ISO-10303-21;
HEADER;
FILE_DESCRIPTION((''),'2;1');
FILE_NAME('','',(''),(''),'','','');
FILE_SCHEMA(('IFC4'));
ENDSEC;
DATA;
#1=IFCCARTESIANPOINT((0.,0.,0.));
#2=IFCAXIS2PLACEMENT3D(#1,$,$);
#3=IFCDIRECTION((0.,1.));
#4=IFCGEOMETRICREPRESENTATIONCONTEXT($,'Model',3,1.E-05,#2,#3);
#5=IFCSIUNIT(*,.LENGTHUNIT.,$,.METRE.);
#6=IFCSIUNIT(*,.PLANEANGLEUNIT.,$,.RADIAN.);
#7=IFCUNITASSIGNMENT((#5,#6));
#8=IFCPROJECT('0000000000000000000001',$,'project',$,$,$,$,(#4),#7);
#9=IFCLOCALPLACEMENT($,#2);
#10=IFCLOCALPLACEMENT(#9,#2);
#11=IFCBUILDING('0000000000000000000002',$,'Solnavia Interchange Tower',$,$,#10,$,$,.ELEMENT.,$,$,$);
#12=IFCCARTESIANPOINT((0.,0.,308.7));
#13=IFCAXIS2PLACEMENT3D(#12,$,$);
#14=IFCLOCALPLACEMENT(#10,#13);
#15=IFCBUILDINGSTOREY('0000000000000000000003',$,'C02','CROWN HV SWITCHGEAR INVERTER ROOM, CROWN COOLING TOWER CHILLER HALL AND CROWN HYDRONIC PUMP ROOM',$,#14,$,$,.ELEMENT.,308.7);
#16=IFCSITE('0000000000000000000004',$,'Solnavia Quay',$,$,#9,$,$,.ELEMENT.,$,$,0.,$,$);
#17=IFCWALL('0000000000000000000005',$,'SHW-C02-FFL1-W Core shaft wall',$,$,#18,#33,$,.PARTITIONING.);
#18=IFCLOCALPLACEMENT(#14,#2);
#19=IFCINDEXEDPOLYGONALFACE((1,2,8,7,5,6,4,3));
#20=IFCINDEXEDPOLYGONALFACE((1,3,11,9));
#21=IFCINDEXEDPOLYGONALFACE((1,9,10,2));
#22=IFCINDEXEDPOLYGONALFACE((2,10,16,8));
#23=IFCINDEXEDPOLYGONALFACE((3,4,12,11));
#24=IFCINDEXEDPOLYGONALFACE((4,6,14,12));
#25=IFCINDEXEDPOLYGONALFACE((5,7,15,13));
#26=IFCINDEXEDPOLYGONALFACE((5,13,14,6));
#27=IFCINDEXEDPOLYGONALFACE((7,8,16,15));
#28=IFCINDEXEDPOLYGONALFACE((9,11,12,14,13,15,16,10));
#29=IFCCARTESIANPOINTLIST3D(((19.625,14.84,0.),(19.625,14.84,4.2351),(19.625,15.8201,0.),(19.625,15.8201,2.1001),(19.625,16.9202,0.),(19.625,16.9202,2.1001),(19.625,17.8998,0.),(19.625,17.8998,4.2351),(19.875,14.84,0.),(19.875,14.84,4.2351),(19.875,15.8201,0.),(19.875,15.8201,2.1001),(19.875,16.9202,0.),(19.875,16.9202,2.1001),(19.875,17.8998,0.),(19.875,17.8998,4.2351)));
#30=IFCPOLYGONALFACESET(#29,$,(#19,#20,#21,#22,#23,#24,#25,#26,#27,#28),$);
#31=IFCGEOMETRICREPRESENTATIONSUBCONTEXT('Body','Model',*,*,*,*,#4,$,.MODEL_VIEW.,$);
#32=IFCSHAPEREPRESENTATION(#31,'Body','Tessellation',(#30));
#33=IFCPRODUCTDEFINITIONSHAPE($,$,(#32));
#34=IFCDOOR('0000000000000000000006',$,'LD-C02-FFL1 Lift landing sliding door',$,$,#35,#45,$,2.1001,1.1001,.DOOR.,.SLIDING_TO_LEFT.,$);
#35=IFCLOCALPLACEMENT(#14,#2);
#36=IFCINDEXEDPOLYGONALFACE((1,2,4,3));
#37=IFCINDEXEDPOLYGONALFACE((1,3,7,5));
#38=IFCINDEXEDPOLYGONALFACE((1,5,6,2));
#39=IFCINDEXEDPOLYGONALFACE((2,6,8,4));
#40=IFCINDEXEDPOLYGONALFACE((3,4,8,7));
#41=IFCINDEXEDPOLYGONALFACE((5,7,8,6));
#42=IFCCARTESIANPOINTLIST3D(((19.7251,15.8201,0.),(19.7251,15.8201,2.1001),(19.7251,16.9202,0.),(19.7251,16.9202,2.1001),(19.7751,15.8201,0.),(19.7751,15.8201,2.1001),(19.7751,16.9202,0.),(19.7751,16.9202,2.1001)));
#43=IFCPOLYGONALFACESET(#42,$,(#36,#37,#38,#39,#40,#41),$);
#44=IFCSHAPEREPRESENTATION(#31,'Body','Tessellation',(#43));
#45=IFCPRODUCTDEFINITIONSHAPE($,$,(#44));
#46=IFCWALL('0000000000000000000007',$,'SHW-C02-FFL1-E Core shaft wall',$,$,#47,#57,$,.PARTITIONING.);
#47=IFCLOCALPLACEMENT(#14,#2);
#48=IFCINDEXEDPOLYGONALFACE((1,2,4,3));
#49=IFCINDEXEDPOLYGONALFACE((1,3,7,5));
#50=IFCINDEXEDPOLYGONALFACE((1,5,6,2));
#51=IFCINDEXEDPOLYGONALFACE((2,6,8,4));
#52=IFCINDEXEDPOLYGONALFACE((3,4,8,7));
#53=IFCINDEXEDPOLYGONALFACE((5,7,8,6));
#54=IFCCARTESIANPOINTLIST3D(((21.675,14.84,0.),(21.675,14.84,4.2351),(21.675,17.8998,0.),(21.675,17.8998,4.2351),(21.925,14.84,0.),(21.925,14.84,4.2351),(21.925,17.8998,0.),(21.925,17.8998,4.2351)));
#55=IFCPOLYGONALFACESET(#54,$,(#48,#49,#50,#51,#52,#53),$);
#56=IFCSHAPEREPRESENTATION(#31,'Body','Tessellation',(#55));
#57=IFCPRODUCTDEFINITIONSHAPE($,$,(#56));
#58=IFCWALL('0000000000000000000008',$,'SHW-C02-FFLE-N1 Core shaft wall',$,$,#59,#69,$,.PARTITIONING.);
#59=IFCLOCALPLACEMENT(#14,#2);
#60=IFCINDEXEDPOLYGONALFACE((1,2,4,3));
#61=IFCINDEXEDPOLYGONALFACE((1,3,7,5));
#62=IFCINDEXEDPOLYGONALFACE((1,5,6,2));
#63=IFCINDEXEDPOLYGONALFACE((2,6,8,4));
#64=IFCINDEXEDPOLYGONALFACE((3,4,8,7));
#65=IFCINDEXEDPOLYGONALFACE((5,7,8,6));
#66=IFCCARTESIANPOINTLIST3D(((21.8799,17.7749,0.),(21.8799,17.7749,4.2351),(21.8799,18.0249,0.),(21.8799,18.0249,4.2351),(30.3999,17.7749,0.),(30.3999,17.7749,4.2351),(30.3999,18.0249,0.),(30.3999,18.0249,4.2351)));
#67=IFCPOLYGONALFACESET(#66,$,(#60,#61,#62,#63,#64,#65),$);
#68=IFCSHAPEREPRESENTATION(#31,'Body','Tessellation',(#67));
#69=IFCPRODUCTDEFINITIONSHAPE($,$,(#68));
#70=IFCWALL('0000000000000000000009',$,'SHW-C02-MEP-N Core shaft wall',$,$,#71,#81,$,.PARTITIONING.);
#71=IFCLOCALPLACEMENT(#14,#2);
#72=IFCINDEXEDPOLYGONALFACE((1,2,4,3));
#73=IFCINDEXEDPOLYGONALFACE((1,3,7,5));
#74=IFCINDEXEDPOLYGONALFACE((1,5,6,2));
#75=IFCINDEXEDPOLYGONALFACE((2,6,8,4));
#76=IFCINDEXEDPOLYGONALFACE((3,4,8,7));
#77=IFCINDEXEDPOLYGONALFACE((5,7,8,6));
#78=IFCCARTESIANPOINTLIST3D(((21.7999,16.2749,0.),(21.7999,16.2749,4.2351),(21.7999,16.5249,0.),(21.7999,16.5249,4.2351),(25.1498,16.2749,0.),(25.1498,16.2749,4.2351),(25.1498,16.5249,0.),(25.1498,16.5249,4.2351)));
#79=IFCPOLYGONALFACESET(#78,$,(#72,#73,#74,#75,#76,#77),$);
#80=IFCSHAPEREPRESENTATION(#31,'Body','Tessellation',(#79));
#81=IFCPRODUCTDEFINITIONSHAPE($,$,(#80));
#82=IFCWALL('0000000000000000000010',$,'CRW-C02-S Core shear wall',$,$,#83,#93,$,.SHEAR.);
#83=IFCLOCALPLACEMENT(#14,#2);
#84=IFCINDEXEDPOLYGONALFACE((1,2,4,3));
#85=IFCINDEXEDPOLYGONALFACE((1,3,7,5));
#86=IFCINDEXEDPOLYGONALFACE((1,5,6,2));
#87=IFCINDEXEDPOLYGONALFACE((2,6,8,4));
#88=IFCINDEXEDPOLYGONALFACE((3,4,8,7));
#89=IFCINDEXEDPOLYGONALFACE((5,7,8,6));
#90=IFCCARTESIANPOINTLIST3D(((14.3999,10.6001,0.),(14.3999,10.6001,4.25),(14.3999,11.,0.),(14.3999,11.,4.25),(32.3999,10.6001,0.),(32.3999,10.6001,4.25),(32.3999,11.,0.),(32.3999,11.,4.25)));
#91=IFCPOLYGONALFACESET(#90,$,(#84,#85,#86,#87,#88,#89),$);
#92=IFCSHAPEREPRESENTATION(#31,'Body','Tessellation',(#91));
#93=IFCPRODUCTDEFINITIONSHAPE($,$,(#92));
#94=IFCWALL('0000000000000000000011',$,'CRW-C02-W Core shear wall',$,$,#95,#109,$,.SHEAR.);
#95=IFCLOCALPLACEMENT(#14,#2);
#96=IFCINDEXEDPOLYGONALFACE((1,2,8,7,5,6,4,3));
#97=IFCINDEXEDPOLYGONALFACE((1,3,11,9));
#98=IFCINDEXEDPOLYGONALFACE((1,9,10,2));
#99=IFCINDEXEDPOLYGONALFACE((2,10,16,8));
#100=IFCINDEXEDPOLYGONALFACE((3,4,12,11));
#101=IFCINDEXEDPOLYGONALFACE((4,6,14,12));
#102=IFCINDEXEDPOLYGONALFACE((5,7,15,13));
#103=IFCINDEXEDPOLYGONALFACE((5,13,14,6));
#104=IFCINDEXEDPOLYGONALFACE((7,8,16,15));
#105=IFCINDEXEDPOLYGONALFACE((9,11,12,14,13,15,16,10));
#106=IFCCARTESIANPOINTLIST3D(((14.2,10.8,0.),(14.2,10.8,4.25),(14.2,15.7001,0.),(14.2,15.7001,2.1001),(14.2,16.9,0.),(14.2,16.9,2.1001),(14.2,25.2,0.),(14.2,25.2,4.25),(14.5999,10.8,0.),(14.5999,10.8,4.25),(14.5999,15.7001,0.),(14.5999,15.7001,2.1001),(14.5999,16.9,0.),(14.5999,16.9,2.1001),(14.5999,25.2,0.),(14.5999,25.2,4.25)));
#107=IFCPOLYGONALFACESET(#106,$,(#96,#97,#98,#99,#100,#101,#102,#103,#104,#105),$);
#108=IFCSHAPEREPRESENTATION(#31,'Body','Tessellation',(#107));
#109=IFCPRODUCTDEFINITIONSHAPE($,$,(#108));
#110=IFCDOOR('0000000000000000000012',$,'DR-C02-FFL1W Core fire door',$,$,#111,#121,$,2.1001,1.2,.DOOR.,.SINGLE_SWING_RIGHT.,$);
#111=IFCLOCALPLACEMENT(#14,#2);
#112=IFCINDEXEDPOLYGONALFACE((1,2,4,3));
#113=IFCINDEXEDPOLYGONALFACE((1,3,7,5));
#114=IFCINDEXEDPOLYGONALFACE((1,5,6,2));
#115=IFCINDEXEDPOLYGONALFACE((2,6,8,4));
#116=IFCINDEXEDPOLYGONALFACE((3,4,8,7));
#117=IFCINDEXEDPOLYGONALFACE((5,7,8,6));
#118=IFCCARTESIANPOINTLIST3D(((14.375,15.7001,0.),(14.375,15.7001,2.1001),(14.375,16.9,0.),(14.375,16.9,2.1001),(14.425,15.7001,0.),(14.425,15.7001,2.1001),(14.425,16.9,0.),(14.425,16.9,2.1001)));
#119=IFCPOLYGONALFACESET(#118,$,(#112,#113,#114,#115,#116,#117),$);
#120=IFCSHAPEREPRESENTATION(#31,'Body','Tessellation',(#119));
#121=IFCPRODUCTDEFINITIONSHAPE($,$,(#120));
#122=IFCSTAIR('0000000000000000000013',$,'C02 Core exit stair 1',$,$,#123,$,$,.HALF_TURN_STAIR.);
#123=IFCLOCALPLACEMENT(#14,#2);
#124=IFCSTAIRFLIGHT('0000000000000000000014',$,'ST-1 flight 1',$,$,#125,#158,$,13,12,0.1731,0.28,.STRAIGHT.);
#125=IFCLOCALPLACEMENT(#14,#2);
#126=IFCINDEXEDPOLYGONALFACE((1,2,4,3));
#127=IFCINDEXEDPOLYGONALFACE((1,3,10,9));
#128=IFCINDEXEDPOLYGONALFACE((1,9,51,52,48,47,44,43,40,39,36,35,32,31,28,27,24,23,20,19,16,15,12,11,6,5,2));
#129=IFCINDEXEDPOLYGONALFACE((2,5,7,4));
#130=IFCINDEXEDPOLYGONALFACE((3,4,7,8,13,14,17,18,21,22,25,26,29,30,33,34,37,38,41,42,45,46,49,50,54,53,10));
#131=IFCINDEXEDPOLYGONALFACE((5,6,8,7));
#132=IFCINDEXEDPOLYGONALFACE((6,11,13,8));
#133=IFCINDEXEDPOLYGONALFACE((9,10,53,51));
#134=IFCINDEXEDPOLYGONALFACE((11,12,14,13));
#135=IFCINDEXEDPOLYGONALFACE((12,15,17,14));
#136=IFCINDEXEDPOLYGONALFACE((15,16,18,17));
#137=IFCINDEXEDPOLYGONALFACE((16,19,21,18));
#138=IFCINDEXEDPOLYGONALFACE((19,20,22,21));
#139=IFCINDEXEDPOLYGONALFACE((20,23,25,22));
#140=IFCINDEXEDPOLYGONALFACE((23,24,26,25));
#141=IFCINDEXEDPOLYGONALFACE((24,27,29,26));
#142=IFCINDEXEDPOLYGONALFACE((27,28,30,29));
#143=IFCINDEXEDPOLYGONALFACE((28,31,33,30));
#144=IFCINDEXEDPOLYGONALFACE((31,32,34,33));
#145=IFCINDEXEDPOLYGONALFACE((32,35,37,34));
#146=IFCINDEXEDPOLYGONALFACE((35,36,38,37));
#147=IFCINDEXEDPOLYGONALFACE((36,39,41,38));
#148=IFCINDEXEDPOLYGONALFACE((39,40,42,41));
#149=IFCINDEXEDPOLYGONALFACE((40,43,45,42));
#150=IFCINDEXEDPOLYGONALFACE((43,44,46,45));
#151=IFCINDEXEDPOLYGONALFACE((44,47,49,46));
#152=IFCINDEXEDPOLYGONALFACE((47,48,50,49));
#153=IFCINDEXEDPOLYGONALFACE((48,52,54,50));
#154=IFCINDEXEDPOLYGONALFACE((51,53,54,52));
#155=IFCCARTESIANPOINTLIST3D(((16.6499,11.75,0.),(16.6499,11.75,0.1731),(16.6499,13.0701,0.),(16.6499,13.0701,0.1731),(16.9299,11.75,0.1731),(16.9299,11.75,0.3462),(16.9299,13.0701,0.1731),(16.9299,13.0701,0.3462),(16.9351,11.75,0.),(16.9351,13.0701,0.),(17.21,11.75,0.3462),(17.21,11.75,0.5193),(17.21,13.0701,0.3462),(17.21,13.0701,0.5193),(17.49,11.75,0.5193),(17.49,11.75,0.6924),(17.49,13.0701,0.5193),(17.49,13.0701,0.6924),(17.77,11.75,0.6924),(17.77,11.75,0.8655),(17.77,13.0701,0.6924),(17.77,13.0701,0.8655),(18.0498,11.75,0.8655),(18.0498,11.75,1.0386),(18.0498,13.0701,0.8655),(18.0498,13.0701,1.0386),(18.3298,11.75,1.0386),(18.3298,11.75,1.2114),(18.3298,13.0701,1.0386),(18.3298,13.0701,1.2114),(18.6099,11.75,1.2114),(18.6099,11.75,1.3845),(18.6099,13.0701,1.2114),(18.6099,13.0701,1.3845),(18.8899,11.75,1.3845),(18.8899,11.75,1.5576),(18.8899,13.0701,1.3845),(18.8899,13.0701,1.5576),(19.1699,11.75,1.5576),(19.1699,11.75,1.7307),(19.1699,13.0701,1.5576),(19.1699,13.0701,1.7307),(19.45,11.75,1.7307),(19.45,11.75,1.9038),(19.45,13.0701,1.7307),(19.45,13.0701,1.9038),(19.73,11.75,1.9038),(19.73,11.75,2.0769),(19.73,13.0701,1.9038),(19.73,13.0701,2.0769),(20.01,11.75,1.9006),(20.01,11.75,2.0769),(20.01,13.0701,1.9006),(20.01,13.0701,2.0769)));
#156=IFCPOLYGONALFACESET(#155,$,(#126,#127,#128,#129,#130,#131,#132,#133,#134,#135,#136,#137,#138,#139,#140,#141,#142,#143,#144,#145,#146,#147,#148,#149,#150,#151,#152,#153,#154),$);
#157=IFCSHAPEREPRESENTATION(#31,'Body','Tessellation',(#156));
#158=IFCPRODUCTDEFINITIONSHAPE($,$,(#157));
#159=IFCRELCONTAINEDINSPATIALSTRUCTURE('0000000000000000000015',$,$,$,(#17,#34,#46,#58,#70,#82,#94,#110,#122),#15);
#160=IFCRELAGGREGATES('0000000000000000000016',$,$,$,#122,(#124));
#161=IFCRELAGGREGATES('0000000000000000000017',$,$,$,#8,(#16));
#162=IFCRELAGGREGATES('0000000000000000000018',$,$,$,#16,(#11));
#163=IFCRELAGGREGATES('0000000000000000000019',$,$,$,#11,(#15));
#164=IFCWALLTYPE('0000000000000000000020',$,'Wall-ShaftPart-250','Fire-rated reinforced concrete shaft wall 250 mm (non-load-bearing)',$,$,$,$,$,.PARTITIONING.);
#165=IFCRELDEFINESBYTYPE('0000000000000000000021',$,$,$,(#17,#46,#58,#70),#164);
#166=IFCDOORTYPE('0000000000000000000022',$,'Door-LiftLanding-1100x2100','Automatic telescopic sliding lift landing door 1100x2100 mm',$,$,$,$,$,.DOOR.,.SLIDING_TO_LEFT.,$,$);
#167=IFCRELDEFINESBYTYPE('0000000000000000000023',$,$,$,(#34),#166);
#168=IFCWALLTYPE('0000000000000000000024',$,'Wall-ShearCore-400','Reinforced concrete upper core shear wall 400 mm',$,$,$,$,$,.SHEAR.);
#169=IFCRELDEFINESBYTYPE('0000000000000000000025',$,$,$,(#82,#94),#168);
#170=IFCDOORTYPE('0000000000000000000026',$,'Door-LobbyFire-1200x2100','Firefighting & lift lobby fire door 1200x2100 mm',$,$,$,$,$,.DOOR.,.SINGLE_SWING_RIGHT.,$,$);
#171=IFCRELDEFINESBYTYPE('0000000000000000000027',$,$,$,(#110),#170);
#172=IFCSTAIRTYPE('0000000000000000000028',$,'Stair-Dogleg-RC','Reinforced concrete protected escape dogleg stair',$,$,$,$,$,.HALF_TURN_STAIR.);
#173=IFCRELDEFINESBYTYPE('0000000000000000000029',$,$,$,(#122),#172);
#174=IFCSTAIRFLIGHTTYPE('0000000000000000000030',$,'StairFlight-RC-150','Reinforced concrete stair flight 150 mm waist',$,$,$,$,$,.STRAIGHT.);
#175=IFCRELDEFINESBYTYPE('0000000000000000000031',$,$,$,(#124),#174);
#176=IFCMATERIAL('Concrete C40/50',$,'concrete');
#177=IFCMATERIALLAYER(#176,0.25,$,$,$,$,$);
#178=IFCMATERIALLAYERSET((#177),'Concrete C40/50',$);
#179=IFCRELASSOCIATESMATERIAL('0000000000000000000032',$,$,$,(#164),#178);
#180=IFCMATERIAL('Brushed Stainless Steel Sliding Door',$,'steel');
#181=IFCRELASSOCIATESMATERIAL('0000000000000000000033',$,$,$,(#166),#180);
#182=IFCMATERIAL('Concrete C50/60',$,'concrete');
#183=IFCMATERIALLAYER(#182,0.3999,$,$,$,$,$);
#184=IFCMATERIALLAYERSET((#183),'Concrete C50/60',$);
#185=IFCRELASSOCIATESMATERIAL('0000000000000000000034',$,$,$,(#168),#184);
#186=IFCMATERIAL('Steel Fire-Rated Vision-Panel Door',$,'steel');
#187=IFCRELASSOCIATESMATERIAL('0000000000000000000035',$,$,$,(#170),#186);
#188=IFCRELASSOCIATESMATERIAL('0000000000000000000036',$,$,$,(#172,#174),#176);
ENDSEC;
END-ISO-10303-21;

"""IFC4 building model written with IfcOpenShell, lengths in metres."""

from ifc_helpers import new_model, si_unit, direction, frame, frame_2d, origin, place, context, subcontext, project, spatial, polyline, rectangle, outline, extrude, material, layer, layer_set, type_object, element, fill, aggregate, save


model = new_model("IFC4")

# Units and contexts
model_context = context("Model", 3, precision=1e-05, world=origin(), true_north=direction((0.0, 1.0)))
body_context = subcontext(model_context, "Body", "Model", "MODEL_VIEW")
ifc_project = project(units=[si_unit("LENGTHUNIT", "METRE"), si_unit("PLANEANGLEUNIT", "RADIAN")], contexts=[model_context])

# Site, building, storey
site_placement = place(None, origin())
site = spatial("IfcSite", under=ifc_project, at=site_placement, Name="Solnavia Quay", CompositionType="ELEMENT", RefElevation=0.0)
building_placement = place(site_placement, origin())
building = spatial("IfcBuilding", under=site, at=building_placement, Name="Solnavia Interchange Tower", CompositionType="ELEMENT")
storey_placement = place(building_placement, frame((0.0, 0.0, 308.7)))
storey = spatial("IfcBuildingStorey", under=building, at=storey_placement, Name="C02", Description="CROWN HV SWITCHGEAR INVERTER ROOM, CROWN COOLING TOWER CHILLER HALL AND CROWN HYDRONIC PUMP ROOM", CompositionType="ELEMENT", Elevation=308.7)

# Shared definitions
ifc_material_1 = material(Name="Concrete C40/50", Category="concrete")

# Shared definitions
ifc_layer_1 = layer(ifc_material_1, 0.25)
ifc_layer_set_1 = layer_set([ifc_layer_1], Name="Concrete C40/50")
wall_type_1 = type_object("IfcWallType", Name="Wall-ShaftPart-250", Description="Fire-rated reinforced concrete shaft wall 250 mm (non-load-bearing)", PredefinedType="PARTITIONING", material=ifc_layer_set_1)

# Wall, opening, door
wall_1_placement = place(storey_placement, frame((19.75, 14.8401, 0.0), z_axis=(0.0, 0.0, 1.0), x_axis=(0.0, 1.0, 0.0)))
wall_1 = element("IfcWall", 1, at=wall_1_placement, inside=storey, type_object=wall_type_1, Name="SHW-C02-FFL1-W Core shaft wall", PredefinedType="PARTITIONING", context=body_context, shape_type="SweptSolid", body=[
    extrude(rectangle(XDim=3.0598, YDim=0.25, at=frame_2d((1.5298, 0.0))), origin(), (0.0, 0.0, 1.0), 4.2351),
])
opening_1_placement = place(wall_1_placement, frame((0.98, 0.0, 0.0)))
opening_1 = element("IfcOpeningElement", 2, at=opening_1_placement, cuts=wall_1, PredefinedType="OPENING", context=body_context, shape_type="SweptSolid", body=[
    extrude(rectangle(XDim=1.1001, YDim=2.1001, at=frame_2d((0.55, 1.05))), frame((0.0, 0.135, 0.0), z_axis=(0.0, -1.0, 0.0), x_axis=(1.0, 0.0, 0.0)), (0.0, 0.0, 1.0), 0.27),
])
ifc_material_2 = material(Name="Brushed Stainless Steel Sliding Door", Category="steel")
door_type_1 = type_object("IfcDoorType", Name="Door-LiftLanding-1100x2100", Description="Automatic telescopic sliding lift landing door 1100x2100 mm", OperationType="SLIDING_TO_LEFT", PredefinedType="DOOR", material=ifc_material_2)
door_1_placement = place(opening_1_placement, origin())
door_1 = element("IfcDoor", 3, at=door_1_placement, inside=storey, type_object=door_type_1, Name="LD-C02-FFL1 Lift landing sliding door", OperationType="SLIDING_TO_LEFT", OverallHeight=2.1001, OverallWidth=1.1001, PredefinedType="DOOR", context=body_context, shape_type="SweptSolid", body=[
    extrude(rectangle(XDim=1.1001, YDim=2.1001, at=frame_2d((0.55, 1.05))), frame((0.0, 0.0249, 0.0), z_axis=(0.0, -1.0, 0.0), x_axis=(1.0, 0.0, 0.0)), (0.0, 0.0, 1.0), 0.05),
])
fill(opening_1, door_1)

# Walls
wall_2_placement = place(storey_placement, frame((21.8, 14.8401, 0.0), z_axis=(0.0, 0.0, 1.0), x_axis=(0.0, 1.0, 0.0)))
element("IfcWall", 4, at=wall_2_placement, inside=storey, type_object=wall_type_1, Name="SHW-C02-FFL1-E Core shaft wall", PredefinedType="PARTITIONING", context=body_context, shape_type="SweptSolid", body=[
    extrude(rectangle(XDim=3.0598, YDim=0.25, at=frame_2d((1.5298, 0.0))), origin(), (0.0, 0.0, 1.0), 4.2351),
])
wall_3_placement = place(storey_placement, frame((21.8799, 17.8999, 0.0), z_axis=(0.0, 0.0, 1.0), x_axis=(1.0, 0.0, 0.0)))
element("IfcWall", 5, at=wall_3_placement, inside=storey, type_object=wall_type_1, Name="SHW-C02-FFLE-N1 Core shaft wall", PredefinedType="PARTITIONING", context=body_context, shape_type="SweptSolid", body=[
    extrude(rectangle(XDim=8.52, YDim=0.25, at=frame_2d((4.26, 0.0))), origin(), (0.0, 0.0, 1.0), 4.2351),
])
wall_4_placement = place(storey_placement, frame((21.8, 16.3999, 0.0), z_axis=(0.0, 0.0, 1.0), x_axis=(1.0, 0.0, 0.0)))
element("IfcWall", 6, at=wall_4_placement, inside=storey, type_object=wall_type_1, Name="SHW-C02-MEP-N Core shaft wall", PredefinedType="PARTITIONING", context=body_context, shape_type="SweptSolid", body=[
    extrude(rectangle(XDim=3.3499, YDim=0.25, at=frame_2d((1.6748, 0.0))), origin(), (0.0, 0.0, 1.0), 4.2351),
])
ifc_material_3 = material(Name="Concrete C50/60", Category="concrete")
ifc_layer_2 = layer(ifc_material_3, 0.3999)
ifc_layer_set_2 = layer_set([ifc_layer_2], Name="Concrete C50/60")
wall_type_2 = type_object("IfcWallType", Name="Wall-ShearCore-400", Description="Reinforced concrete upper core shear wall 400 mm", PredefinedType="SHEAR", material=ifc_layer_set_2)
wall_5_placement = place(storey_placement, frame((14.3999, 10.8, 0.0), z_axis=(0.0, 0.0, 1.0), x_axis=(1.0, 0.0, 0.0)))
element("IfcWall", 7, at=wall_5_placement, inside=storey, type_object=wall_type_2, Name="CRW-C02-S Core shear wall", PredefinedType="SHEAR", context=body_context, shape_type="SweptSolid", body=[
    extrude(rectangle(XDim=18.0, YDim=0.3999, at=frame_2d((9.0, 0.0))), origin(), (0.0, 0.0, 1.0), 4.25),
])

# Wall, opening, door
wall_6_placement = place(storey_placement, frame((14.3999, 10.8, 0.0), z_axis=(0.0, 0.0, 1.0), x_axis=(0.0, 1.0, 0.0)))
wall_6 = element("IfcWall", 8, at=wall_6_placement, inside=storey, type_object=wall_type_2, Name="CRW-C02-W Core shear wall", PredefinedType="SHEAR", context=body_context, shape_type="SweptSolid", body=[
    extrude(rectangle(XDim=14.3999, YDim=0.3999, at=frame_2d((7.2, 0.0))), origin(), (0.0, 0.0, 1.0), 4.25),
])
opening_2_placement = place(wall_6_placement, frame((4.8999, 0.0, 0.0)))
opening_2 = element("IfcOpeningElement", 9, at=opening_2_placement, cuts=wall_6, PredefinedType="OPENING", context=body_context, shape_type="SweptSolid", body=[
    extrude(rectangle(XDim=1.2, YDim=2.1001, at=frame_2d((0.6001, 1.05))), frame((0.0, 0.21, 0.0), z_axis=(0.0, -1.0, 0.0), x_axis=(1.0, 0.0, 0.0)), (0.0, 0.0, 1.0), 0.4199),
])
ifc_material_4 = material(Name="Steel Fire-Rated Vision-Panel Door", Category="steel")
door_type_2 = type_object("IfcDoorType", Name="Door-LobbyFire-1200x2100", Description="Firefighting & lift lobby fire door 1200x2100 mm", OperationType="SINGLE_SWING_RIGHT", PredefinedType="DOOR", material=ifc_material_4)
door_2_placement = place(opening_2_placement, origin())
door_2 = element("IfcDoor", 10, at=door_2_placement, inside=storey, type_object=door_type_2, Name="DR-C02-FFL1W Core fire door", OperationType="SINGLE_SWING_RIGHT", OverallHeight=2.1001, OverallWidth=1.2, PredefinedType="DOOR", context=body_context, shape_type="SweptSolid", body=[
    extrude(rectangle(XDim=1.2, YDim=2.1001, at=frame_2d((0.6001, 1.05))), frame((0.0, 0.0249, 0.0), z_axis=(0.0, -1.0, 0.0), x_axis=(1.0, 0.0, 0.0)), (0.0, 0.0, 1.0), 0.05),
])
fill(opening_2, door_2)

# Stair, stair flight
stair_type = type_object("IfcStairType", Name="Stair-Dogleg-RC", Description="Reinforced concrete protected escape dogleg stair", PredefinedType="HALF_TURN_STAIR", material=ifc_material_1)
stair_placement = place(storey_placement, origin())
stair = element("IfcStair", 11, at=stair_placement, inside=storey, type_object=stair_type, Name="C02 Core exit stair 1", PredefinedType="HALF_TURN_STAIR")
stair_flight_type = type_object("IfcStairFlightType", Name="StairFlight-RC-150", Description="Reinforced concrete stair flight 150 mm waist", PredefinedType="STRAIGHT", material=ifc_material_1)
stair_flight_1_placement = place(storey_placement, frame((16.6499, 12.4099, 0.0), z_axis=(0.0, 0.0, 1.0), x_axis=(1.0, 0.0, 0.0)))
stair_flight_1 = element("IfcStairFlight", 12, at=stair_flight_1_placement, type_object=stair_flight_type, Name="ST-1 flight 1", NumberOfRisers=13, NumberOfTreads=12, PredefinedType="STRAIGHT", RiserHeight=0.1731, TreadLength=0.28, context=body_context, shape_type="SweptSolid", body=[
    extrude(outline(polyline([(0.0, 0.0), (0.0, 0.1731), (0.28, 0.1731), (0.28, 0.3462), (0.5601, 0.3462), (0.5601, 0.5193), (0.8401, 0.5193), (0.8401, 0.6924), (1.1201, 0.6924), (1.1201, 0.8655), (1.3999, 0.8655), (1.3999, 1.0386), (1.6799, 1.0386), (1.6799, 1.2114), (1.96, 1.2114), (1.96, 1.3845), (2.24, 1.3845), (2.24, 1.5576), (2.52, 1.5576), (2.52, 1.7307), (2.8, 1.7307), (2.8, 1.9038), (3.0801, 1.9038), (3.0801, 2.0769), (3.3601, 2.0769), (3.3601, 2.25), (3.3601, 1.9006), (0.2852, 0.0), (0.0, 0.0)])), frame((0.0, 0.6602, 0.0), z_axis=(0.0, -1.0, 0.0), x_axis=(1.0, 0.0, 0.0)), (0.0, 0.0, 1.0), 1.3201),
])
aggregate(stair, [stair_flight_1])

save(model, "model.ifc")
